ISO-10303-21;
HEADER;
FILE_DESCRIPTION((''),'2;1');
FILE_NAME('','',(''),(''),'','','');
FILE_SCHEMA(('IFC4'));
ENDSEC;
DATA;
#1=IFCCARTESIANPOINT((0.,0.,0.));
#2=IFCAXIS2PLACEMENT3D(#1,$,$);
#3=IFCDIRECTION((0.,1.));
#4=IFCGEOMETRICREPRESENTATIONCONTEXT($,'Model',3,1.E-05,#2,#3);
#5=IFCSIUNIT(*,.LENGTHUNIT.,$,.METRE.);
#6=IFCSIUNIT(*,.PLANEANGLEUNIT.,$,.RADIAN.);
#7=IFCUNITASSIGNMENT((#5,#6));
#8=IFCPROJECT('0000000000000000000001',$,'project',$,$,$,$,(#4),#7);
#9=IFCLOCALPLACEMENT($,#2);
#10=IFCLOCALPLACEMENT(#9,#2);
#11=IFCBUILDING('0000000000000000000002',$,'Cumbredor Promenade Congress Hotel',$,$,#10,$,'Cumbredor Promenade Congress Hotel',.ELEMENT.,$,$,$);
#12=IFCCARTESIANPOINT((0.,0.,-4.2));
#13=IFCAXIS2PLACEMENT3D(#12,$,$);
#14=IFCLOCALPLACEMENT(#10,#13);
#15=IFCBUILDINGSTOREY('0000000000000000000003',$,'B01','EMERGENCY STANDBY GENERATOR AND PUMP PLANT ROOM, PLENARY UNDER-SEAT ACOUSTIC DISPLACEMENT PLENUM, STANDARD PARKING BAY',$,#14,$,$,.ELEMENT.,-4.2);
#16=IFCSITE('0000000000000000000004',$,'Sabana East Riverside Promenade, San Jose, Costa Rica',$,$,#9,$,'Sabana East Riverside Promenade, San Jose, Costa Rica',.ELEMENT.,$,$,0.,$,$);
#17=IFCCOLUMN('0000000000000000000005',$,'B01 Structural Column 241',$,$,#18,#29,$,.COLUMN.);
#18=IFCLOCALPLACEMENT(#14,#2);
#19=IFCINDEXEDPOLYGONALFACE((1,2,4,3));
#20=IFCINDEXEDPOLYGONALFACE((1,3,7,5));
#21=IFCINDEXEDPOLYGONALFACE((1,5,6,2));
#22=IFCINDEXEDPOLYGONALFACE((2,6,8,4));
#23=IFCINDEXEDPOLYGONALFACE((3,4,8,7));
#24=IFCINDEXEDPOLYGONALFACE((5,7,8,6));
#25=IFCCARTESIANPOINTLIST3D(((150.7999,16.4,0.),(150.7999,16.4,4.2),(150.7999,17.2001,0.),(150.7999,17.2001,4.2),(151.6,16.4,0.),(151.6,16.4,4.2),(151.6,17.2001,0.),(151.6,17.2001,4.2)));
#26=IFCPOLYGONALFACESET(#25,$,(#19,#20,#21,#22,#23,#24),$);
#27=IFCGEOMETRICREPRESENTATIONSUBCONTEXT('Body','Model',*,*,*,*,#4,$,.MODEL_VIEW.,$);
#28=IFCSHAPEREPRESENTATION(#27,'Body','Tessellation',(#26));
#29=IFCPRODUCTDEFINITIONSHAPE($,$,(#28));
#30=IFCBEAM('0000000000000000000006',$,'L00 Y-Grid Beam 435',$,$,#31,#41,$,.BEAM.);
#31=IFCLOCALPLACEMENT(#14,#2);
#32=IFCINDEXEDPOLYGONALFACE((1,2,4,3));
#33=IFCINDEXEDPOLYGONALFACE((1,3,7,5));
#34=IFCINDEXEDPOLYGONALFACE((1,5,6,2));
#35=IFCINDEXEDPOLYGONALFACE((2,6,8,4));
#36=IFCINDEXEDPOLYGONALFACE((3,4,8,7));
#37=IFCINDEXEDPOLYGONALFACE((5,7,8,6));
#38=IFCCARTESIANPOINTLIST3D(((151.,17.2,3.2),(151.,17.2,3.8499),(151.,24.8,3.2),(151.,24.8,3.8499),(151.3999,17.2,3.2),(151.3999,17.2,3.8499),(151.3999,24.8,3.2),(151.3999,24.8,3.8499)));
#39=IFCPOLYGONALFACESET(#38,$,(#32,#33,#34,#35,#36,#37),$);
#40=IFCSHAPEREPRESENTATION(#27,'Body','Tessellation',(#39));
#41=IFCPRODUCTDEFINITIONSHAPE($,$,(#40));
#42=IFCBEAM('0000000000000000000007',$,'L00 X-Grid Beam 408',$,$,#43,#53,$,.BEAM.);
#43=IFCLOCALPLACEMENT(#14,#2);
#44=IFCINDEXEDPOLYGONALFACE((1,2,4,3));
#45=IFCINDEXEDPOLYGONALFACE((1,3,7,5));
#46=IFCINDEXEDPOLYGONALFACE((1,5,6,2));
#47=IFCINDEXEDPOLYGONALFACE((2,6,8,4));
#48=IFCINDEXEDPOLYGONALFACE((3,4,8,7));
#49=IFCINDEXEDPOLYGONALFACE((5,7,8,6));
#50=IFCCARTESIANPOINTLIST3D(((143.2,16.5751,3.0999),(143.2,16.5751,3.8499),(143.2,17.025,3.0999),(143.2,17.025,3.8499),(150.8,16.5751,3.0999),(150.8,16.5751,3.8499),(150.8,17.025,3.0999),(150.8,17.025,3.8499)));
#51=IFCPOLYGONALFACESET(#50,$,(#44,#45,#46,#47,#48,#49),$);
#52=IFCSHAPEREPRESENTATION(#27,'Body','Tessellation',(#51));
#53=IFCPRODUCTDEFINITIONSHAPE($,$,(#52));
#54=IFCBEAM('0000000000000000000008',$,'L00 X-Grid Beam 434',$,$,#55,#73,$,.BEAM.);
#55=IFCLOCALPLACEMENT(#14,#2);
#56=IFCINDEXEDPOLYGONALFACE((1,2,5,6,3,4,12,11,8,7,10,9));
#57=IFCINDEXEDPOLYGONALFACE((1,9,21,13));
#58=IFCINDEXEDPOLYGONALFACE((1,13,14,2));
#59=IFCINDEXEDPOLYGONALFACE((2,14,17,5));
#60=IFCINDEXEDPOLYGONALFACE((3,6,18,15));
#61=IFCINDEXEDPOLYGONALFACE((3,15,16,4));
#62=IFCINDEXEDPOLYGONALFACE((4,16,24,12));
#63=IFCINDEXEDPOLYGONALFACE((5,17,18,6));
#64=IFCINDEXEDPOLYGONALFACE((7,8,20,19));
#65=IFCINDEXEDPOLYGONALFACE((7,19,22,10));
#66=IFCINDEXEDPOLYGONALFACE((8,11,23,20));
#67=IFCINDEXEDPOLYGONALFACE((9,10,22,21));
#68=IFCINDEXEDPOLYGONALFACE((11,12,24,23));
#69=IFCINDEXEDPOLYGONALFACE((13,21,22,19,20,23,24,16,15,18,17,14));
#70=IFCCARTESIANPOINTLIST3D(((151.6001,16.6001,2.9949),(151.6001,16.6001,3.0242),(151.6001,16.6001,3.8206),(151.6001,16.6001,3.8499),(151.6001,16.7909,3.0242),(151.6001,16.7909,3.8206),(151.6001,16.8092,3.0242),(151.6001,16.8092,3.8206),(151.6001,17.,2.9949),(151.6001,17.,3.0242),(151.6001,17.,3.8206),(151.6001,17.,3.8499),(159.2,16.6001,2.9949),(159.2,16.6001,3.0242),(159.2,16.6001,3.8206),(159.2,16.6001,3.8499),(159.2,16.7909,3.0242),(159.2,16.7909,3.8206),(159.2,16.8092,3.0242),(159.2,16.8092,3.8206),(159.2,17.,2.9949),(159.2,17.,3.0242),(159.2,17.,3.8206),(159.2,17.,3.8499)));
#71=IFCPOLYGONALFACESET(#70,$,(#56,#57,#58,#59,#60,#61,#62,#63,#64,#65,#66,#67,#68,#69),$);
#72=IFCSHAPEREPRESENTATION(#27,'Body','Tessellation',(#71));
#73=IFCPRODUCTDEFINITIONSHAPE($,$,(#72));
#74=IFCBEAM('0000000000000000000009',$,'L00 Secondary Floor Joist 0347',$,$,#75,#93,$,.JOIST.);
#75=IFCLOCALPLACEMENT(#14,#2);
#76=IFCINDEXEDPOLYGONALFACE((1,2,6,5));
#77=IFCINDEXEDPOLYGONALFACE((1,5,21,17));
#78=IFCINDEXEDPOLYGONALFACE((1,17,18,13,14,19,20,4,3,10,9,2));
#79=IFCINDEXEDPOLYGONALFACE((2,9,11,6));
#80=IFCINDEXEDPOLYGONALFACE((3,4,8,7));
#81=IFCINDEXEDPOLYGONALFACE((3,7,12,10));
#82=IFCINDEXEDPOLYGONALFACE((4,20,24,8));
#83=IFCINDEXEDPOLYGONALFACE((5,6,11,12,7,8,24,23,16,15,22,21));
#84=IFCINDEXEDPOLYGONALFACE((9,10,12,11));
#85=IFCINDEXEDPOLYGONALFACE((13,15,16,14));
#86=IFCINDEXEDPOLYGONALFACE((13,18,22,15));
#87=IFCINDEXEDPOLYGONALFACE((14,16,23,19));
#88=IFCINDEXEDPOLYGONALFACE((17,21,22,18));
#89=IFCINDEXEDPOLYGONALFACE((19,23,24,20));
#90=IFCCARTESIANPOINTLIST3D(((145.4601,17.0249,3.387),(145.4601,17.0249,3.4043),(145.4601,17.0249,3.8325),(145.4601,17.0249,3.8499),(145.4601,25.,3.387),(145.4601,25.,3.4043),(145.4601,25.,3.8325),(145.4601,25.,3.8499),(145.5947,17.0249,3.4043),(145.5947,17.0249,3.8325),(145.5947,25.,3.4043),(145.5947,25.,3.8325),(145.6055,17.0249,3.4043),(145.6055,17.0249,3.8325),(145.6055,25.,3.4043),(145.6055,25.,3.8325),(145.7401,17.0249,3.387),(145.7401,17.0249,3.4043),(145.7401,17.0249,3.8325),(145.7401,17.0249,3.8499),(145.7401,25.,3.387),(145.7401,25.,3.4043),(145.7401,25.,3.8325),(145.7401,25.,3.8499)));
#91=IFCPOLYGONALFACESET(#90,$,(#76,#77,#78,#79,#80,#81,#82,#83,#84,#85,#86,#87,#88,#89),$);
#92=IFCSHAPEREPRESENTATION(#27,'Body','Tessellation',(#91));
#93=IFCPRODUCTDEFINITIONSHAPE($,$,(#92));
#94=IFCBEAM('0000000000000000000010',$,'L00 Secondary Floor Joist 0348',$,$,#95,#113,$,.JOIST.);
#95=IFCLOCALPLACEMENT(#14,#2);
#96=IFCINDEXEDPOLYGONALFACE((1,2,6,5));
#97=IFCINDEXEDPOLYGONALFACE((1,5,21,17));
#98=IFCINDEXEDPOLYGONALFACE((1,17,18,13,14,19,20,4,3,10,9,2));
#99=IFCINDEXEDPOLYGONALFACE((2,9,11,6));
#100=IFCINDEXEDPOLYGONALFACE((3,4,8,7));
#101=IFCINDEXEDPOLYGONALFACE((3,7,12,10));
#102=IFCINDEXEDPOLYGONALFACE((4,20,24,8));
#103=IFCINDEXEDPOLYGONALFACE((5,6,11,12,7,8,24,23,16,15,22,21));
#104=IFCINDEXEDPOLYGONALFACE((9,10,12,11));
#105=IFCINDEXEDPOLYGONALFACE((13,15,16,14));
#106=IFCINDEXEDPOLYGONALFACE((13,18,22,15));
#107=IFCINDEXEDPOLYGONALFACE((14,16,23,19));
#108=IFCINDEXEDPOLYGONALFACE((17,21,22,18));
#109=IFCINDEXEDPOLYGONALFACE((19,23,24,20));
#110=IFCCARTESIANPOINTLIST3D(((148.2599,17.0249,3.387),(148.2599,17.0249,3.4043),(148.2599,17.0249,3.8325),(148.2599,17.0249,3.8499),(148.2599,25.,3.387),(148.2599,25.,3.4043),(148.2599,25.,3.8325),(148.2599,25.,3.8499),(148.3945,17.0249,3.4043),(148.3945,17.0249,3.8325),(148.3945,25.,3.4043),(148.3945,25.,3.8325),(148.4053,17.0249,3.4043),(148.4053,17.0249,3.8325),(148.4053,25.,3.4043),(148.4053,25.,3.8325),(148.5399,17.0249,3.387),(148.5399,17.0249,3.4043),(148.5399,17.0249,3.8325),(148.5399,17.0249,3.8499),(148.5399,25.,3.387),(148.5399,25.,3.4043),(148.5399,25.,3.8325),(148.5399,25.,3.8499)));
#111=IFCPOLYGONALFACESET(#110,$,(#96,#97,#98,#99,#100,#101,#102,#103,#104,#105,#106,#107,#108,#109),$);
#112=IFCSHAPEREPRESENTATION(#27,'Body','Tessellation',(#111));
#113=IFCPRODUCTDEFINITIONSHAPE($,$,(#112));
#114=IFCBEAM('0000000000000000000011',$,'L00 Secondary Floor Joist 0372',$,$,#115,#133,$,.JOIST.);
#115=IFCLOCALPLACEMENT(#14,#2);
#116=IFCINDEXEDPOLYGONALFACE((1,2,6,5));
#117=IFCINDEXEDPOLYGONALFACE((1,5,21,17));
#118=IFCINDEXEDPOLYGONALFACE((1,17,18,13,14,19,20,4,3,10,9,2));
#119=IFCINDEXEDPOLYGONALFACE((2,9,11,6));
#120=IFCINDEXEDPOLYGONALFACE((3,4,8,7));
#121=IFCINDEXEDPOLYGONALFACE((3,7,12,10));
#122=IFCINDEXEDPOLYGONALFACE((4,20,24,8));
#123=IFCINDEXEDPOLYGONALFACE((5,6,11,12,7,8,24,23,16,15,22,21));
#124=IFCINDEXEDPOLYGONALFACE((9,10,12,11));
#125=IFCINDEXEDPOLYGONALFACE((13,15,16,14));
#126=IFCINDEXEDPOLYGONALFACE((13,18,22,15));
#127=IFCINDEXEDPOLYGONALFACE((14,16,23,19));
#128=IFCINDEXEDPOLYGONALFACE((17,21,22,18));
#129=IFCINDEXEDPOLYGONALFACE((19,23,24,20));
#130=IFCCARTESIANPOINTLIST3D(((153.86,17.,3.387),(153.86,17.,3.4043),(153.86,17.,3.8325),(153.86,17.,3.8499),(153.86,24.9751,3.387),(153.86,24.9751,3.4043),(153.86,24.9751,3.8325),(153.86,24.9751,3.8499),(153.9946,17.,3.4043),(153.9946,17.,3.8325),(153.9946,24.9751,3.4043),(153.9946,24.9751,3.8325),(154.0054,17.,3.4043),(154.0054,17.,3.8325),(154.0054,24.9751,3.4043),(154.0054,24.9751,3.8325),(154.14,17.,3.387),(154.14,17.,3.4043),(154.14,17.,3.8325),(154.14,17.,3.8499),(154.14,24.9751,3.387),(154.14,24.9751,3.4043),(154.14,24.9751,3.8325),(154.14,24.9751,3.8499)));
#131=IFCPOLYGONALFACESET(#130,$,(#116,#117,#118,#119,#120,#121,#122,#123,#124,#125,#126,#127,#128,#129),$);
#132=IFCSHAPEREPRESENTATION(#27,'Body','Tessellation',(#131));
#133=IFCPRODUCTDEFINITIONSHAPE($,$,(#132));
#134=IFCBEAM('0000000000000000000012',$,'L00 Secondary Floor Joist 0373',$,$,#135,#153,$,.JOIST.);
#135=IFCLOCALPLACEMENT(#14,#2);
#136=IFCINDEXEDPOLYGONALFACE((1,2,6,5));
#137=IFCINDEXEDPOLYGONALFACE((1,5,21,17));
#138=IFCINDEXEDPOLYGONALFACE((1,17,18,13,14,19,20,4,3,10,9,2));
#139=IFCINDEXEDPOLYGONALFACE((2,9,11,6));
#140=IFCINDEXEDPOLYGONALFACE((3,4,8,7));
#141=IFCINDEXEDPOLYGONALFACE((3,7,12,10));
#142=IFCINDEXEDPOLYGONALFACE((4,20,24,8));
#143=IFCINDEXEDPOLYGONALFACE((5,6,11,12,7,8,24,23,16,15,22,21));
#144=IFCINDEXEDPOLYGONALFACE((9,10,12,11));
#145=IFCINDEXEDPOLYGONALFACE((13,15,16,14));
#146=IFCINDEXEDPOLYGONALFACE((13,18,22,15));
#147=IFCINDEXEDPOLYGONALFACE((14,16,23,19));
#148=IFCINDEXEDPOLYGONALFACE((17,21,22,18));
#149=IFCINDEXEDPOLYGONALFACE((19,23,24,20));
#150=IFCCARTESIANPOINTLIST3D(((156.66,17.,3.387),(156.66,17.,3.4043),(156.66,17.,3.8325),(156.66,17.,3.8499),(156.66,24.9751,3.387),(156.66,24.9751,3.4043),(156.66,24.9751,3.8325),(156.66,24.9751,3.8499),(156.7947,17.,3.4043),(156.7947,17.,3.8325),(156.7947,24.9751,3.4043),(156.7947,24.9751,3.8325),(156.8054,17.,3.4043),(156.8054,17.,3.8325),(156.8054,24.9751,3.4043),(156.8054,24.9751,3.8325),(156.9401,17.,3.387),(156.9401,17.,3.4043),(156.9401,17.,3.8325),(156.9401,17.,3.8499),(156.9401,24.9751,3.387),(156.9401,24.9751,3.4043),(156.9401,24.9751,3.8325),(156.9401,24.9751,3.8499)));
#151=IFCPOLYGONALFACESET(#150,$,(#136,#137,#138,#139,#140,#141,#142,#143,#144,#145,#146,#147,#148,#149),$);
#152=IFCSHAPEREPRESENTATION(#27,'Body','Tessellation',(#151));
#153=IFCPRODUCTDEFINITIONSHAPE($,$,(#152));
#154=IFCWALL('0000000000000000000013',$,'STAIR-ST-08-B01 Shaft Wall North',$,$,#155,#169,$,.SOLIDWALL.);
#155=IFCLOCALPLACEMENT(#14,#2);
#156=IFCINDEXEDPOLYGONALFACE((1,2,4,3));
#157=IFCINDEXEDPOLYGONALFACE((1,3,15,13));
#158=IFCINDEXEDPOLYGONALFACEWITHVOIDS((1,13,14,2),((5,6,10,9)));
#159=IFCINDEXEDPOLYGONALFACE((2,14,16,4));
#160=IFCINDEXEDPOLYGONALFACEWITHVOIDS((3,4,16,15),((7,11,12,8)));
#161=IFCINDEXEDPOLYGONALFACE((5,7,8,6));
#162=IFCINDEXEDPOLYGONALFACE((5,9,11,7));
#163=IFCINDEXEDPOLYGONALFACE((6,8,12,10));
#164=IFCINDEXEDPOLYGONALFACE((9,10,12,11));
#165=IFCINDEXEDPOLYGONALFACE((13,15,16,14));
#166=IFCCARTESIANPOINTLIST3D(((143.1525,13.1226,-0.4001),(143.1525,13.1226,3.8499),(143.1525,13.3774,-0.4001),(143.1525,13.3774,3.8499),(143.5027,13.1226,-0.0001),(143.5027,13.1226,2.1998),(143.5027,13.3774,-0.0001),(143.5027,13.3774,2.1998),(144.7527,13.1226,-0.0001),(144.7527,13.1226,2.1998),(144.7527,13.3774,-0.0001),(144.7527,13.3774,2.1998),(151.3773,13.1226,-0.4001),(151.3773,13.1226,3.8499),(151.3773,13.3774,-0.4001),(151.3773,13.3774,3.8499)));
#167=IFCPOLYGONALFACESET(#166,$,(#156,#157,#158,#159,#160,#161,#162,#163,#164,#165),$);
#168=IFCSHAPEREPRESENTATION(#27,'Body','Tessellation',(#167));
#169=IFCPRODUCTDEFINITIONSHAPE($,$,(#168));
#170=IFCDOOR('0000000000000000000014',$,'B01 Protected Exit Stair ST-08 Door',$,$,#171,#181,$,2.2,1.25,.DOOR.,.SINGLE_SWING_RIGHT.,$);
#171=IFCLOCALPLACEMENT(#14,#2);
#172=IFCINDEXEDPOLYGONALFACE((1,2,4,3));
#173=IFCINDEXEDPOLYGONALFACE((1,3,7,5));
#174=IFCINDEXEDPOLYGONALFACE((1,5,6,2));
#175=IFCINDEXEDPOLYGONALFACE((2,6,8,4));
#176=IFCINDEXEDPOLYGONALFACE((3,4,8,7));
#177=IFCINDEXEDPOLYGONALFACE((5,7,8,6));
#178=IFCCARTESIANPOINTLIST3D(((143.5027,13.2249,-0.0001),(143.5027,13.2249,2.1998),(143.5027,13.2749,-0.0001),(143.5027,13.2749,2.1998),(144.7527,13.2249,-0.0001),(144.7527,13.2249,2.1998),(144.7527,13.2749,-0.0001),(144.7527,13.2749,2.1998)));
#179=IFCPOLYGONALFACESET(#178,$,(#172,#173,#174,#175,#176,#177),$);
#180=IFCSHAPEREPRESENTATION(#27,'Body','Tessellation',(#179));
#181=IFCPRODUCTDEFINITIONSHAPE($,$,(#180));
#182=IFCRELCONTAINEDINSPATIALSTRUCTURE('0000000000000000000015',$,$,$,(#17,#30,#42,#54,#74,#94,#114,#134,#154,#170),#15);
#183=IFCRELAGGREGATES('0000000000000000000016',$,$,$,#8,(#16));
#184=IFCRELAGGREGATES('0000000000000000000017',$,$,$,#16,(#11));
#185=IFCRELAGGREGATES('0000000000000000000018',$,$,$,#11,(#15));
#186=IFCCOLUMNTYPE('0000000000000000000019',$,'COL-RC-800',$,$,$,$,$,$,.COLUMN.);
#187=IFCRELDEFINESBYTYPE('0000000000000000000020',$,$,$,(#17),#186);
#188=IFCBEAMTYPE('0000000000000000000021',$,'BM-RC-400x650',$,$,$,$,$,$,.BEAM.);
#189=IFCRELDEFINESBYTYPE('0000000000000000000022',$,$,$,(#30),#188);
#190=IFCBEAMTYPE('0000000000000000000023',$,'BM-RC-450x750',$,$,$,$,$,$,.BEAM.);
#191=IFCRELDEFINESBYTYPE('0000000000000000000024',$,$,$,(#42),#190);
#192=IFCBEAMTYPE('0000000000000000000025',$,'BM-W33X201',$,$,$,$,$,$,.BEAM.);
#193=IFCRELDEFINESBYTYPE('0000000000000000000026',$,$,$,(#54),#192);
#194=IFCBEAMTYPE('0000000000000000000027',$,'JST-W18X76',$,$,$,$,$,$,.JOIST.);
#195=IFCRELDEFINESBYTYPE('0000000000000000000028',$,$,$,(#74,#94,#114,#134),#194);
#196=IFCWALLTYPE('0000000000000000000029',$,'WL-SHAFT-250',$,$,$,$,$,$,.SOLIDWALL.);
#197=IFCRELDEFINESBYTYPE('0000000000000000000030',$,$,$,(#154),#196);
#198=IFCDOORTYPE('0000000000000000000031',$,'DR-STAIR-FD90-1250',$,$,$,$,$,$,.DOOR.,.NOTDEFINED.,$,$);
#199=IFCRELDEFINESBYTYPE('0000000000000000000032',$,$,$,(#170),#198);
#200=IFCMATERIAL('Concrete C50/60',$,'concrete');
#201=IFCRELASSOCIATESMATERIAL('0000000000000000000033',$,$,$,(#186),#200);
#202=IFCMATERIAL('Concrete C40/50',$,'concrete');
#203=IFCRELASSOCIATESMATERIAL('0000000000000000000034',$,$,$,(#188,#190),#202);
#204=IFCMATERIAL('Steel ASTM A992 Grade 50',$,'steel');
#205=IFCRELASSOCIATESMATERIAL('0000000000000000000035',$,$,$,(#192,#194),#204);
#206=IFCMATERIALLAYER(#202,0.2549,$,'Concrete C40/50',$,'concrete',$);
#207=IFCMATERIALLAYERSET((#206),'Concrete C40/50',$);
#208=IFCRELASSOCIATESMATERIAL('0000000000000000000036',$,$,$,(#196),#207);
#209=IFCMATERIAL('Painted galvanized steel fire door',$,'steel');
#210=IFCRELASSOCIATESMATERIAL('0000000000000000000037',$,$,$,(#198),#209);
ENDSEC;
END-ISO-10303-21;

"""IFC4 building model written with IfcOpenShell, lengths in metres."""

from ifc_helpers import new_model, si_unit, direction, frame, frame_2d, origin, origin_2d, place, context, subcontext, project, spatial, rectangle, i_section, extrude, material, layer, layer_set, material_profile, profile_set, type_object, element, fill, save


model = new_model("IFC4")

# Units and contexts
model_context = context("Model", 3, precision=1e-05, world=origin(), true_north=direction((0.0, 1.0)))
body_context = subcontext(model_context, "Body", "Model", "MODEL_VIEW")
ifc_project = project(units=[si_unit("LENGTHUNIT", "METRE"), si_unit("PLANEANGLEUNIT", "RADIAN")], contexts=[model_context])

# Site, building, storey
site_placement = place(None, origin())
site = spatial("IfcSite", under=ifc_project, at=site_placement, Name="Sabana East Riverside Promenade, San Jose, Costa Rica", LongName="Sabana East Riverside Promenade, San Jose, Costa Rica", CompositionType="ELEMENT", RefElevation=0.0)
building_placement = place(site_placement, origin())
building = spatial("IfcBuilding", under=site, at=building_placement, Name="Cumbredor Promenade Congress Hotel", LongName="Cumbredor Promenade Congress Hotel", CompositionType="ELEMENT")
storey_placement = place(building_placement, frame((0.0, 0.0, -4.2)))
storey = spatial("IfcBuildingStorey", under=building, at=storey_placement, Name="B01", Description="EMERGENCY STANDBY GENERATOR AND PUMP PLANT ROOM, PLENARY UNDER-SEAT ACOUSTIC DISPLACEMENT PLENUM, STANDARD PARKING BAY", CompositionType="ELEMENT", Elevation=-4.2)

# Column
ifc_material_1 = material(Name="Concrete C50/60", Category="concrete")
ifc_material_profile_1 = material_profile(ifc_material_1, rectangle(XDim=0.8, YDim=0.8, at=origin_2d()), Name="RC 800x800")
ifc_profile_set_1 = profile_set([ifc_material_profile_1], Name="Concrete C50/60")
column_type = type_object("IfcColumnType", Name="COL-RC-800", PredefinedType="COLUMN", material=ifc_profile_set_1)
column_placement = place(storey_placement, frame((151.2, 16.8, 0.0), z_axis=(0.0, 0.0, 1.0), x_axis=(1.0, 0.0, 0.0)))
element("IfcColumn", 1, at=column_placement, inside=storey, type_object=column_type, Name="B01 Structural Column 241", PredefinedType="COLUMN", context=body_context, shape_type="SweptSolid", body=[
    extrude(rectangle(XDim=0.8, YDim=0.8, at=origin_2d()), origin(), (0.0, 0.0, 1.0), 4.2),
])

# Beams
ifc_material_2 = material(Name="Concrete C40/50", Category="concrete")
ifc_material_profile_2 = material_profile(ifc_material_2, rectangle(XDim=0.3999, YDim=0.6499, at=origin_2d()), Name="RC BEAM 400x650")
ifc_profile_set_2 = profile_set([ifc_material_profile_2], Name="Concrete C40/50")
beam_type_1 = type_object("IfcBeamType", Name="BM-RC-400x650", PredefinedType="BEAM", material=ifc_profile_set_2)
beam_1_placement = place(storey_placement, frame((151.2, 17.2, 3.5249), z_axis=(0.0, 1.0, 0.0), x_axis=(-1.0, 0.0, 0.0)))
element("IfcBeam", 2, at=beam_1_placement, inside=storey, type_object=beam_type_1, Name="L00 Y-Grid Beam 435", PredefinedType="BEAM", context=body_context, shape_type="SweptSolid", body=[
    extrude(rectangle(XDim=0.3999, YDim=0.6499, at=origin_2d()), origin(), (0.0, 0.0, 1.0), 7.6001),
])
ifc_material_profile_3 = material_profile(ifc_material_2, rectangle(XDim=0.45, YDim=0.75, at=origin_2d()), Name="RC BEAM 450x750")
ifc_profile_set_3 = profile_set([ifc_material_profile_3], Name="Concrete C40/50")
beam_type_2 = type_object("IfcBeamType", Name="BM-RC-450x750", PredefinedType="BEAM", material=ifc_profile_set_3)
beam_2_placement = place(storey_placement, frame((143.2, 16.8, 3.4749), z_axis=(1.0, 0.0, 0.0), x_axis=(0.0, 1.0, 0.0)))
element("IfcBeam", 3, at=beam_2_placement, inside=storey, type_object=beam_type_2, Name="L00 X-Grid Beam 408", PredefinedType="BEAM", context=body_context, shape_type="SweptSolid", body=[
    extrude(rectangle(XDim=0.45, YDim=0.75, at=origin_2d()), origin(), (0.0, 0.0, 1.0), 7.6001),
])
ifc_material_3 = material(Name="Steel ASTM A992 Grade 50", Category="steel")
ifc_material_profile_4 = material_profile(ifc_material_3, i_section(OverallWidth=0.3999, OverallDepth=0.855, WebThickness=0.0183, FlangeThickness=0.0293, at=origin_2d()), Name="W33X201")
ifc_profile_set_4 = profile_set([ifc_material_profile_4], Name="Steel ASTM A992 Grade 50")
beam_type_3 = type_object("IfcBeamType", Name="BM-W33X201", PredefinedType="BEAM", material=ifc_profile_set_4)
beam_3_placement = place(storey_placement, frame((151.6001, 16.8, 3.4224), z_axis=(1.0, 0.0, 0.0), x_axis=(0.0, 1.0, 0.0)))
element("IfcBeam", 4, at=beam_3_placement, inside=storey, type_object=beam_type_3, Name="L00 X-Grid Beam 434", PredefinedType="BEAM", context=body_context, shape_type="SweptSolid", body=[
    extrude(i_section(OverallWidth=0.3999, OverallDepth=0.855, WebThickness=0.0183, FlangeThickness=0.0293, at=origin_2d()), origin(), (0.0, 0.0, 1.0), 7.5999),
])
ifc_material_profile_5 = material_profile(ifc_material_3, i_section(OverallWidth=0.28, OverallDepth=0.4629, WebThickness=0.0107, FlangeThickness=0.0173, at=origin_2d()), Name="W18X76")
ifc_profile_set_5 = profile_set([ifc_material_profile_5], Name="Steel ASTM A992 Grade 50")
beam_type_4 = type_object("IfcBeamType", Name="JST-W18X76", PredefinedType="JOIST", material=ifc_profile_set_5)
for number, where, z_axis, x_axis, name in (
    (5, (145.6001, 17.0249, 3.6184), (0.0, 1.0, 0.0), (-1.0, 0.0, 0.0), "L00 Secondary Floor Joist 0347"),
    (6, (148.3999, 17.0249, 3.6184), (0.0, 1.0, 0.0), (-1.0, 0.0, 0.0), "L00 Secondary Floor Joist 0348"),
    (7, (154.0, 17.0, 3.6184), (0.0, 1.0, 0.0), (-1.0, 0.0, 0.0), "L00 Secondary Floor Joist 0372"),
    (8, (156.8, 17.0, 3.6184), (0.0, 1.0, 0.0), (-1.0, 0.0, 0.0), "L00 Secondary Floor Joist 0373"),
):
    element("IfcBeam", number, at=place(storey_placement, frame(where, z_axis=z_axis, x_axis=x_axis)), inside=storey, type_object=beam_type_4, Name=name, PredefinedType="JOIST", context=body_context, shape_type="SweptSolid", body=[
        extrude(i_section(OverallWidth=0.28, OverallDepth=0.4629, WebThickness=0.0107, FlangeThickness=0.0173, at=origin_2d()), origin(), (0.0, 0.0, 1.0), 7.9751),
    ])

# Wall, opening, door
ifc_layer = layer(ifc_material_2, 0.2549, Name="Concrete C40/50", Category="concrete")
ifc_layer_set = layer_set([ifc_layer], Name="Concrete C40/50")
wall_type = type_object("IfcWallType", Name="WL-SHAFT-250", PredefinedType="SOLIDWALL", material=ifc_layer_set)
wall_1_placement = place(storey_placement, frame((143.1526, 13.25, -0.4001), z_axis=(0.0, 0.0, 1.0), x_axis=(1.0, 0.0, 0.0)))
wall_1 = element("IfcWall", 9, at=wall_1_placement, inside=storey, type_object=wall_type, Name="STAIR-ST-08-B01 Shaft Wall North", PredefinedType="SOLIDWALL", context=body_context, shape_type="SweptSolid", body=[
    extrude(rectangle(XDim=8.2249, YDim=0.2549, at=frame_2d((4.1123, 0.0))), origin(), (0.0, 0.0, 1.0), 4.25),
])
opening_1_placement = place(wall_1_placement, frame((0.3501, 0.0, 0.3999)))
opening_1 = element("IfcOpeningElement", 10, at=opening_1_placement, cuts=wall_1, PredefinedType="OPENING", context=body_context, shape_type="SweptSolid", body=[
    extrude(rectangle(XDim=1.25, YDim=2.2, at=frame_2d((0.625, 1.1001))), frame((0.0, 0.1375, 0.0), z_axis=(0.0, -1.0, 0.0), x_axis=(1.0, 0.0, 0.0)), (0.0, 0.0, 1.0), 0.2749),
])
ifc_material_4 = material(Name="Painted galvanized steel fire door", Category="steel")
door_type_1 = type_object("IfcDoorType", Name="DR-STAIR-FD90-1250", OperationType="NOTDEFINED", PredefinedType="DOOR", material=ifc_material_4)
door_1_placement = place(opening_1_placement, origin())
door_1 = element("IfcDoor", 11, at=door_1_placement, inside=storey, type_object=door_type_1, Name="B01 Protected Exit Stair ST-08 Door", OperationType="SINGLE_SWING_RIGHT", OverallHeight=2.2, OverallWidth=1.25, PredefinedType="DOOR", context=body_context, shape_type="SweptSolid", body=[
    extrude(rectangle(XDim=1.25, YDim=2.2, at=frame_2d((0.625, 1.1001))), frame((0.0, 0.0249, 0.0), z_axis=(0.0, -1.0, 0.0), x_axis=(1.0, 0.0, 0.0)), (0.0, 0.0, 1.0), 0.05),
])
fill(opening_1, door_1)

save(model, "model.ifc")
